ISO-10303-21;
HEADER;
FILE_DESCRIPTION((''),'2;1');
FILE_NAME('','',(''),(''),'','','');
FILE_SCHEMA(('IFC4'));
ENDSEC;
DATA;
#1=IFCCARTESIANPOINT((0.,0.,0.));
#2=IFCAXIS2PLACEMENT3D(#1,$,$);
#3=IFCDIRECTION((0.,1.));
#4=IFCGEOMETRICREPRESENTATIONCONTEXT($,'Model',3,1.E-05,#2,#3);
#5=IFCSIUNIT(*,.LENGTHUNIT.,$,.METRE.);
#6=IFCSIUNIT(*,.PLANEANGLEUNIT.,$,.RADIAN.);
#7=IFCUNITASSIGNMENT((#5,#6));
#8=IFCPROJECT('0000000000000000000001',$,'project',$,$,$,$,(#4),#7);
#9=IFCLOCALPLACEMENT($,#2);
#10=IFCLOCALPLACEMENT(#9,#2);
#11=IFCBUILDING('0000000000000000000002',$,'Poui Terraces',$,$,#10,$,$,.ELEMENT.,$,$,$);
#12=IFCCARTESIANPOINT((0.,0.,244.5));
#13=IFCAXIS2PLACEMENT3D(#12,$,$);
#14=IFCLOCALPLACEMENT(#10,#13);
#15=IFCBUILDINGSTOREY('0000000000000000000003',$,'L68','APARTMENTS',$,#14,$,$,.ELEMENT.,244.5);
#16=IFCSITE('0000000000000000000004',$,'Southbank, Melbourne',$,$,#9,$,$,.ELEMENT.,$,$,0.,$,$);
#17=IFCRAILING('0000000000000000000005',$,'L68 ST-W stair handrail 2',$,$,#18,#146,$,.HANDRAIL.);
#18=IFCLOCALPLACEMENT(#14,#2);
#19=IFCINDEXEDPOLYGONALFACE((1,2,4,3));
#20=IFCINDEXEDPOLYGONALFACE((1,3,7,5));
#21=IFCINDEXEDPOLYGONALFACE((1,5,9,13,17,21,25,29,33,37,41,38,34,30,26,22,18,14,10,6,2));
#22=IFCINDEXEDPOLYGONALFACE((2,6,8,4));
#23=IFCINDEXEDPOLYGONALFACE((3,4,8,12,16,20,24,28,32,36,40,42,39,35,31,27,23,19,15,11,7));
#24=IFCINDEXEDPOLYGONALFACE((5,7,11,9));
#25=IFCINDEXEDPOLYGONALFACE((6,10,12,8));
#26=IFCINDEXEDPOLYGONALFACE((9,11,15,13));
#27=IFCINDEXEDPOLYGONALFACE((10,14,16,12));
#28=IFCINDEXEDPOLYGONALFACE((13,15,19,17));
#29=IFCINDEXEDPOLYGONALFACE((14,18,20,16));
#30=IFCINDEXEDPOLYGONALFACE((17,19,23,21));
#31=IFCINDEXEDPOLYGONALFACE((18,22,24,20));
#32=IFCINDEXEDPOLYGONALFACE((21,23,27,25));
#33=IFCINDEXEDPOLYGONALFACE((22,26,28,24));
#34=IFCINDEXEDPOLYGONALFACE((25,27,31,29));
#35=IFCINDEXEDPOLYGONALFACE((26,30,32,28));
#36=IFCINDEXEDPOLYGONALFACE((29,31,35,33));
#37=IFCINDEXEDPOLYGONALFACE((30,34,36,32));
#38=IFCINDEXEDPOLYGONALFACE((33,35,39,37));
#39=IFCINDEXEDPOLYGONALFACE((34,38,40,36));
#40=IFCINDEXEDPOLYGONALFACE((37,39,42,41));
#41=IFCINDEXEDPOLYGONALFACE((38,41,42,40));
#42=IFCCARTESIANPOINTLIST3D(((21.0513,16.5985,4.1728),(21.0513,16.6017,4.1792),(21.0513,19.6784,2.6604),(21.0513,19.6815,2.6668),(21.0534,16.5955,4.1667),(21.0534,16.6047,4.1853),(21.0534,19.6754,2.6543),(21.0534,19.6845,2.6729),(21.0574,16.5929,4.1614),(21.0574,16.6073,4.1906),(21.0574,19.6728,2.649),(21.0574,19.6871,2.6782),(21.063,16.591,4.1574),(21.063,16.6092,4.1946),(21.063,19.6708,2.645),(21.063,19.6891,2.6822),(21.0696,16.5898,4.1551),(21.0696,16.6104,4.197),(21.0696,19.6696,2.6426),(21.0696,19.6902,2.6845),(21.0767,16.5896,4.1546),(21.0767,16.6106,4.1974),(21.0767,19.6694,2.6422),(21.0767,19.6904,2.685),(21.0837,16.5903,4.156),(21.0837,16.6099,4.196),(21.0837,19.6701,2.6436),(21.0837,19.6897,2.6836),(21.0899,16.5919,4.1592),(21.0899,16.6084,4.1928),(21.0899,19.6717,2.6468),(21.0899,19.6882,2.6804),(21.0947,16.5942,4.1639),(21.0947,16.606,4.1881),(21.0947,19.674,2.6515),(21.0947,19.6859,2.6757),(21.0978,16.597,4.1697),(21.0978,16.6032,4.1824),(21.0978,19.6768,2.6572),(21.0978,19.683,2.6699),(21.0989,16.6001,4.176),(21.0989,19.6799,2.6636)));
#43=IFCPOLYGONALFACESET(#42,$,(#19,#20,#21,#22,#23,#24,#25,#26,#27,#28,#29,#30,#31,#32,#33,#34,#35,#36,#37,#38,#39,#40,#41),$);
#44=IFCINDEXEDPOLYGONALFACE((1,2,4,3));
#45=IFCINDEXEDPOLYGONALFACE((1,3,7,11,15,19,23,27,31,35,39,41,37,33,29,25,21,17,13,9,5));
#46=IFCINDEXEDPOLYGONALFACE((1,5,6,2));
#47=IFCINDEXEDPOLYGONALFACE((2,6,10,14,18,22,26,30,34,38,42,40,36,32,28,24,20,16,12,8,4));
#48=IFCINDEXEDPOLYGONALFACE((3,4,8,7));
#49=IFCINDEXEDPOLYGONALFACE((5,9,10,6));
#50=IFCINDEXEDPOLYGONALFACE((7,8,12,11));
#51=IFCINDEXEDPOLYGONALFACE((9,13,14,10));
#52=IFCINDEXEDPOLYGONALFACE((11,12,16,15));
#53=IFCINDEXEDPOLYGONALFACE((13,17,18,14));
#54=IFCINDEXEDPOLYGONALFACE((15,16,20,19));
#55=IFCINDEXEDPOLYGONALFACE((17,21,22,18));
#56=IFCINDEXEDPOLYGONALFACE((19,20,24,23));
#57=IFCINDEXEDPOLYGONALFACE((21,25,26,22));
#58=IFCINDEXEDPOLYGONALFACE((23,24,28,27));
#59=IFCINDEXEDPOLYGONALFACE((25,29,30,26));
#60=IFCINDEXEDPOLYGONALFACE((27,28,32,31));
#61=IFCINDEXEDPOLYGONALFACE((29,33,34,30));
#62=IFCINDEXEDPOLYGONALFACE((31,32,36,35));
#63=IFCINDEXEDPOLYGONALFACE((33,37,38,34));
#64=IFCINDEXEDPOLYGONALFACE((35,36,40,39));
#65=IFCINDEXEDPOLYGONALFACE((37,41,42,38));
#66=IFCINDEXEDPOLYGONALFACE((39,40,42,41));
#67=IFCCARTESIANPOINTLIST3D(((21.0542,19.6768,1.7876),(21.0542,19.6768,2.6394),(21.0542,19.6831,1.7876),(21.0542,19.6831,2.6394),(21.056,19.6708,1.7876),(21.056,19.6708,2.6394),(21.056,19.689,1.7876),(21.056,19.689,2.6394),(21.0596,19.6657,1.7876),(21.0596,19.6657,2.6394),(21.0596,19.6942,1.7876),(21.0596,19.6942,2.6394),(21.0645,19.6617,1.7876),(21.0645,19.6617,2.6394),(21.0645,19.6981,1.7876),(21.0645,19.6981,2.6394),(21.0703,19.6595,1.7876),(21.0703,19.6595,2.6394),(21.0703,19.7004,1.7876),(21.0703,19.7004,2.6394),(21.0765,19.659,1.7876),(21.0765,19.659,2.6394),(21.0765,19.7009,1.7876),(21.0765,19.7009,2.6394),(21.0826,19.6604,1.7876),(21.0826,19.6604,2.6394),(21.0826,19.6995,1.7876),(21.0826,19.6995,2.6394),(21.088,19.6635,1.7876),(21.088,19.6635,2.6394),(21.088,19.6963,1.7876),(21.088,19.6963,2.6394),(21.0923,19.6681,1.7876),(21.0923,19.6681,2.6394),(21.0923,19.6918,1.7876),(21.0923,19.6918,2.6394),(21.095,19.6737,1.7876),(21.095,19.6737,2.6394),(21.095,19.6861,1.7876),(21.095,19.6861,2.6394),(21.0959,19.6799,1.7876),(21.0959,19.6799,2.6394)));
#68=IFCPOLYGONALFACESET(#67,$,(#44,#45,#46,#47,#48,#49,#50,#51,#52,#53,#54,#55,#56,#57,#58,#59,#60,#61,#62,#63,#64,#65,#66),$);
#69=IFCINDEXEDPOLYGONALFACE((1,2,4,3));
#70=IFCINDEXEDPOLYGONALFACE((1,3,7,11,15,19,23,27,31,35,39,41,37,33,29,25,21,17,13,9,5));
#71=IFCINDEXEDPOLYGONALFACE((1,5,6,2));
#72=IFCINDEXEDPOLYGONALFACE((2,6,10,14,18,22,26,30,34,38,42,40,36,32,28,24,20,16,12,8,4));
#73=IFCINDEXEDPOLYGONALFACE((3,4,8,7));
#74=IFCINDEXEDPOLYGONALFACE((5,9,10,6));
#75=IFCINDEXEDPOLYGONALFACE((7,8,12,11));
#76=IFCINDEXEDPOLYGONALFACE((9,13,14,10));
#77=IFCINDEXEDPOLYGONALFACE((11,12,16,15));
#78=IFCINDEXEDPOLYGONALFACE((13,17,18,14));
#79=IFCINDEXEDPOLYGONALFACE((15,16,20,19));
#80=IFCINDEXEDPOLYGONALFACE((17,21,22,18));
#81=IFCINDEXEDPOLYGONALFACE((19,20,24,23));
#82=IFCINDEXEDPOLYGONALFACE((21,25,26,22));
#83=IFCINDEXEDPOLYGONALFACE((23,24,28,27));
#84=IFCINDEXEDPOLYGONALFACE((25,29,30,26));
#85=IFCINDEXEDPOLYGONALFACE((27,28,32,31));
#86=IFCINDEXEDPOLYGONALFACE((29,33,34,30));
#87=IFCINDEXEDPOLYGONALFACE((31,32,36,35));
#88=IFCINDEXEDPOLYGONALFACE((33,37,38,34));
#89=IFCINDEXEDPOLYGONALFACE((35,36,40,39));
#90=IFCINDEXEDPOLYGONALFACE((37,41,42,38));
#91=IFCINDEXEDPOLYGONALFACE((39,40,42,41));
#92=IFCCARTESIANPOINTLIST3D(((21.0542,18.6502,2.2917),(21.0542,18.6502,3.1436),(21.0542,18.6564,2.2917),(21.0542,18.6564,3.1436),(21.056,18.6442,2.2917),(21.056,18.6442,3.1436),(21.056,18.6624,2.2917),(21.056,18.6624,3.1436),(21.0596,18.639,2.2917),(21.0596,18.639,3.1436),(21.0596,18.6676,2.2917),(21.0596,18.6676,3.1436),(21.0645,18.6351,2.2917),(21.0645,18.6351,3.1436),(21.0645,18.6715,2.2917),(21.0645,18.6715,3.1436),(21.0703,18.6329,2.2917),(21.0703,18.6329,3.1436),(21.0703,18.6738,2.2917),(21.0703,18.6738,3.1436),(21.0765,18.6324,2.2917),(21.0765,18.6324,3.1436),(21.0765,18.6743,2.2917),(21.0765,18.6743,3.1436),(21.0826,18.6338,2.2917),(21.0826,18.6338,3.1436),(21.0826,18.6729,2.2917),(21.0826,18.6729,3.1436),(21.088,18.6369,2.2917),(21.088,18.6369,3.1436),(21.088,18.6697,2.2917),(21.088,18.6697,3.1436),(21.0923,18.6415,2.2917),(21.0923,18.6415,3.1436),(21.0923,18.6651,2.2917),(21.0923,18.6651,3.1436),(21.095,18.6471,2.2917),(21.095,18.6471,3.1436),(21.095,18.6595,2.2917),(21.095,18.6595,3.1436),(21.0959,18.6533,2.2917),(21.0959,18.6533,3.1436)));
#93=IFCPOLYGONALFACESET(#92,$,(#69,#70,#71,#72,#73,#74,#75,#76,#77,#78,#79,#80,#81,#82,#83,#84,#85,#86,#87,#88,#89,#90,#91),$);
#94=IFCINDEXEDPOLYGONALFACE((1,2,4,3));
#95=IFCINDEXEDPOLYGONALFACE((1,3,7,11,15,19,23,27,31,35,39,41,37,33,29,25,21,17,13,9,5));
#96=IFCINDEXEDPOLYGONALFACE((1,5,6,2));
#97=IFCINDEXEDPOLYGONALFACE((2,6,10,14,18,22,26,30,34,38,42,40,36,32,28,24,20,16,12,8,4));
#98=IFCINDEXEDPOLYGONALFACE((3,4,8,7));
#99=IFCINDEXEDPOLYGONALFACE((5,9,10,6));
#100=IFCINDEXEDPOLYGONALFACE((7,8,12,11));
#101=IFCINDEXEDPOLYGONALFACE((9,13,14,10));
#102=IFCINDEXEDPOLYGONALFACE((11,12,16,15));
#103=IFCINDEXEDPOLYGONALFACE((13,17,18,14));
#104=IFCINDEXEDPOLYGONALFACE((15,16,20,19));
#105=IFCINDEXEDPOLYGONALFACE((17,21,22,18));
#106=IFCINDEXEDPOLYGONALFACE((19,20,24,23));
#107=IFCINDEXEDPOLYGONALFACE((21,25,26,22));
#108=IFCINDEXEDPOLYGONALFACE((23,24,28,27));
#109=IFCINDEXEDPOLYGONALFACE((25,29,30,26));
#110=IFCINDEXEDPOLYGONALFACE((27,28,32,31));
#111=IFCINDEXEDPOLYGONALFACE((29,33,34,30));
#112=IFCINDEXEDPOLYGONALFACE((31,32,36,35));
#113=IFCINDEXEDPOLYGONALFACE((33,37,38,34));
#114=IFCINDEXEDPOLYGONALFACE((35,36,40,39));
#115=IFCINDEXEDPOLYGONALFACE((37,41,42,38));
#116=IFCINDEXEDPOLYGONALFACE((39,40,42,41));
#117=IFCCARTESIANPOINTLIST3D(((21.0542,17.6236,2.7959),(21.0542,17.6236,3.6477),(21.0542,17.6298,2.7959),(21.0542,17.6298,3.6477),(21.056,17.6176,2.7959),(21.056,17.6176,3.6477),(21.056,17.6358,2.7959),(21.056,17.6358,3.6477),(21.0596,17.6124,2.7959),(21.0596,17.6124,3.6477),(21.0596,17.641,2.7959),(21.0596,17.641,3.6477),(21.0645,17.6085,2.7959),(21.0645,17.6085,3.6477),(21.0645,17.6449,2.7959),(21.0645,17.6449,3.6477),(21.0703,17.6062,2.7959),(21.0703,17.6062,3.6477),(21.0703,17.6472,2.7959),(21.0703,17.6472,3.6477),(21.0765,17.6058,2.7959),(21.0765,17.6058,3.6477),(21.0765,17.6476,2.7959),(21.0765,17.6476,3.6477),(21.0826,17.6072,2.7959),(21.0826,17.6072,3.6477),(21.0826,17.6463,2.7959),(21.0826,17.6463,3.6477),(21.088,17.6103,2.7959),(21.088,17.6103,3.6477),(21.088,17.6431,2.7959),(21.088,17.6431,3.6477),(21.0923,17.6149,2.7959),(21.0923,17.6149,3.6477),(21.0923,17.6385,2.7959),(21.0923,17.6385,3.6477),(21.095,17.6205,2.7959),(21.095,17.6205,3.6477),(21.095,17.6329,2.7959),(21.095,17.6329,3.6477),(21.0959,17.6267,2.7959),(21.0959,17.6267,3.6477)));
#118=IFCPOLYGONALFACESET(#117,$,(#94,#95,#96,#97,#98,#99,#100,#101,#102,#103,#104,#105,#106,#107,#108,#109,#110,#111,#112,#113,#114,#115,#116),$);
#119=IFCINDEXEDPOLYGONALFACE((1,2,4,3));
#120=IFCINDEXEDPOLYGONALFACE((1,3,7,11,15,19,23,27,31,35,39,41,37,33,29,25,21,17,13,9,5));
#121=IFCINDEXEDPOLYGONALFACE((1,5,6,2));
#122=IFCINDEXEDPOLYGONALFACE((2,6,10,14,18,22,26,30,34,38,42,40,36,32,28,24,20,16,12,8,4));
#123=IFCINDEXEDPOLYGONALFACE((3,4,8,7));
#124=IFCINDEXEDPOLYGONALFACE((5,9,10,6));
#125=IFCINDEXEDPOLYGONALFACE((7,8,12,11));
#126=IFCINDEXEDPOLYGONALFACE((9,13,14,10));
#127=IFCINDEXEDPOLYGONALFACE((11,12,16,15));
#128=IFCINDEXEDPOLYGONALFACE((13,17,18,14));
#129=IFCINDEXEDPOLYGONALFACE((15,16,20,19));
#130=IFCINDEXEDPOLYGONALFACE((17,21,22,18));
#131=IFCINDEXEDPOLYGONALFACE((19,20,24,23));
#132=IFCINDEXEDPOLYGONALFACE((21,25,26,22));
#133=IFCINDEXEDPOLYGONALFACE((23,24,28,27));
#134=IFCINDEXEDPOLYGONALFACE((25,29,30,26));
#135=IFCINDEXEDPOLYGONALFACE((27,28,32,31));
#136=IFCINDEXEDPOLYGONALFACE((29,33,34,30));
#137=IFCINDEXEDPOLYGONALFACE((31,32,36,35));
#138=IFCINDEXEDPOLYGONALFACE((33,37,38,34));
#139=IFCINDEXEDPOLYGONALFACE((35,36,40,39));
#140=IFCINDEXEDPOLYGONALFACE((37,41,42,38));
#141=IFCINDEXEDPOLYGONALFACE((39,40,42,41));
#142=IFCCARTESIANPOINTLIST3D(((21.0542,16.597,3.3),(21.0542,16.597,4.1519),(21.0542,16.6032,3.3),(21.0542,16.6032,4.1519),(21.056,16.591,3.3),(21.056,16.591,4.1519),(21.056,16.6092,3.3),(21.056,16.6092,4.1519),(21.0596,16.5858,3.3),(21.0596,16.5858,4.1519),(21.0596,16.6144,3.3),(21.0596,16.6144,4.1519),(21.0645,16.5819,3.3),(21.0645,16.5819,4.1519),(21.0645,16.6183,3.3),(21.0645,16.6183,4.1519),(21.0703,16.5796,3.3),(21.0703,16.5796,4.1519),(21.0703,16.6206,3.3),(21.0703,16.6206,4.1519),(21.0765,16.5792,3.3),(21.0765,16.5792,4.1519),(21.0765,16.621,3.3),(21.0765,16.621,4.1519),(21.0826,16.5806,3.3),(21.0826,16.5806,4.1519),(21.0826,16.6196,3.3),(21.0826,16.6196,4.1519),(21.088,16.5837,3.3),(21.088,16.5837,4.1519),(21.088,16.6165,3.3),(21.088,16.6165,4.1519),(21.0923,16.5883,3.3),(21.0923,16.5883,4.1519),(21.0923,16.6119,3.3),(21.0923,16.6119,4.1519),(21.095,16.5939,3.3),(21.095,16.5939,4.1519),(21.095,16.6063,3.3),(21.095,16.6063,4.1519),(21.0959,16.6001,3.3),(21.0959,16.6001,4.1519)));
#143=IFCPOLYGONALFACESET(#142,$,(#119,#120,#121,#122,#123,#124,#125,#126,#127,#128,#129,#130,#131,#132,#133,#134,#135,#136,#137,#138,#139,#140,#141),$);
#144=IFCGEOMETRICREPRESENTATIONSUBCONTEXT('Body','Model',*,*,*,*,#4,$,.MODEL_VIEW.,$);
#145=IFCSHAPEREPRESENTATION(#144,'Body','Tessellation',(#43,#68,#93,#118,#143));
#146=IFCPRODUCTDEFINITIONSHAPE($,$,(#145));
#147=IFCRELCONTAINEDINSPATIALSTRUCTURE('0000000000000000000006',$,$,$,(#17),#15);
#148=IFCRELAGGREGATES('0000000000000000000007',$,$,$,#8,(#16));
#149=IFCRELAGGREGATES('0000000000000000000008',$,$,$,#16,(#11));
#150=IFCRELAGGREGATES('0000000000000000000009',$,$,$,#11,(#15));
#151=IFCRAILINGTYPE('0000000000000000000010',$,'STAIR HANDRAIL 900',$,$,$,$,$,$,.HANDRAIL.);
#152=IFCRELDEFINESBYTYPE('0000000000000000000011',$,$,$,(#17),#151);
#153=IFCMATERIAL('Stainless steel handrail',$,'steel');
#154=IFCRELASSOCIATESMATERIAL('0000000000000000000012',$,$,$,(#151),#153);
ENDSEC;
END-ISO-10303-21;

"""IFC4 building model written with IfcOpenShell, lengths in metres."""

from ifc_helpers import new_model, si_unit, direction, frame, origin, origin_2d, place, context, subcontext, project, spatial, circle, extrude, material, type_object, element, save


model = new_model("IFC4")

# Units and contexts
model_context = context("Model", 3, precision=1e-05, world=origin(), true_north=direction((0.0, 1.0)))
body_context = subcontext(model_context, "Body", "Model", "MODEL_VIEW")
ifc_project = project(units=[si_unit("LENGTHUNIT", "METRE"), si_unit("PLANEANGLEUNIT", "RADIAN")], contexts=[model_context])

# Site, building, storey
site_placement = place(None, origin())
site = spatial("IfcSite", under=ifc_project, at=site_placement, Name="Southbank, Melbourne", CompositionType="ELEMENT", RefElevation=0.0)
building_placement = place(site_placement, origin())
building = spatial("IfcBuilding", under=site, at=building_placement, Name="Poui Terraces", CompositionType="ELEMENT")
storey_placement = place(building_placement, frame((0.0, 0.0, 244.5)))
storey = spatial("IfcBuildingStorey", under=building, at=storey_placement, Name="L68", Description="APARTMENTS", CompositionType="ELEMENT", Elevation=244.5)

# Railing
ifc_material_1 = material(Name="Stainless steel handrail", Category="steel")
railing_type_1 = type_object("IfcRailingType", Name="STAIR HANDRAIL 900", PredefinedType="HANDRAIL", material=ifc_material_1)
railing_1_placement = place(storey_placement, frame((21.075, 19.6799, 1.7876)))
element("IfcRailing", 1, at=railing_1_placement, inside=storey, type_object=railing_type_1, Name="L68 ST-W stair handrail 2", PredefinedType="HANDRAIL", context=body_context, shape_type="SweptSolid", body=[
    extrude(circle(Radius=0.0239, at=origin_2d()), frame((0.0, 0.0, 0.876), z_axis=(0.0, -0.897606, 0.440798), x_axis=(1.0, 0.0, 0.0)), (0.0, 0.0, 1.0), 3.4312),
    extrude(circle(Radius=0.021, at=origin_2d()), origin(), (0.0, 0.0, 1.0), 0.8518),
    extrude(circle(Radius=0.021, at=origin_2d()), frame((0.0, -1.0266, 0.5042)), (0.0, 0.0, 1.0), 0.8518),
    extrude(circle(Radius=0.021, at=origin_2d()), frame((0.0, -2.0532, 1.0083)), (0.0, 0.0, 1.0), 0.8518),
    extrude(circle(Radius=0.021, at=origin_2d()), frame((0.0, -3.0798, 1.5125)), (0.0, 0.0, 1.0), 0.8518),
])

save(model, "model.ifc")
